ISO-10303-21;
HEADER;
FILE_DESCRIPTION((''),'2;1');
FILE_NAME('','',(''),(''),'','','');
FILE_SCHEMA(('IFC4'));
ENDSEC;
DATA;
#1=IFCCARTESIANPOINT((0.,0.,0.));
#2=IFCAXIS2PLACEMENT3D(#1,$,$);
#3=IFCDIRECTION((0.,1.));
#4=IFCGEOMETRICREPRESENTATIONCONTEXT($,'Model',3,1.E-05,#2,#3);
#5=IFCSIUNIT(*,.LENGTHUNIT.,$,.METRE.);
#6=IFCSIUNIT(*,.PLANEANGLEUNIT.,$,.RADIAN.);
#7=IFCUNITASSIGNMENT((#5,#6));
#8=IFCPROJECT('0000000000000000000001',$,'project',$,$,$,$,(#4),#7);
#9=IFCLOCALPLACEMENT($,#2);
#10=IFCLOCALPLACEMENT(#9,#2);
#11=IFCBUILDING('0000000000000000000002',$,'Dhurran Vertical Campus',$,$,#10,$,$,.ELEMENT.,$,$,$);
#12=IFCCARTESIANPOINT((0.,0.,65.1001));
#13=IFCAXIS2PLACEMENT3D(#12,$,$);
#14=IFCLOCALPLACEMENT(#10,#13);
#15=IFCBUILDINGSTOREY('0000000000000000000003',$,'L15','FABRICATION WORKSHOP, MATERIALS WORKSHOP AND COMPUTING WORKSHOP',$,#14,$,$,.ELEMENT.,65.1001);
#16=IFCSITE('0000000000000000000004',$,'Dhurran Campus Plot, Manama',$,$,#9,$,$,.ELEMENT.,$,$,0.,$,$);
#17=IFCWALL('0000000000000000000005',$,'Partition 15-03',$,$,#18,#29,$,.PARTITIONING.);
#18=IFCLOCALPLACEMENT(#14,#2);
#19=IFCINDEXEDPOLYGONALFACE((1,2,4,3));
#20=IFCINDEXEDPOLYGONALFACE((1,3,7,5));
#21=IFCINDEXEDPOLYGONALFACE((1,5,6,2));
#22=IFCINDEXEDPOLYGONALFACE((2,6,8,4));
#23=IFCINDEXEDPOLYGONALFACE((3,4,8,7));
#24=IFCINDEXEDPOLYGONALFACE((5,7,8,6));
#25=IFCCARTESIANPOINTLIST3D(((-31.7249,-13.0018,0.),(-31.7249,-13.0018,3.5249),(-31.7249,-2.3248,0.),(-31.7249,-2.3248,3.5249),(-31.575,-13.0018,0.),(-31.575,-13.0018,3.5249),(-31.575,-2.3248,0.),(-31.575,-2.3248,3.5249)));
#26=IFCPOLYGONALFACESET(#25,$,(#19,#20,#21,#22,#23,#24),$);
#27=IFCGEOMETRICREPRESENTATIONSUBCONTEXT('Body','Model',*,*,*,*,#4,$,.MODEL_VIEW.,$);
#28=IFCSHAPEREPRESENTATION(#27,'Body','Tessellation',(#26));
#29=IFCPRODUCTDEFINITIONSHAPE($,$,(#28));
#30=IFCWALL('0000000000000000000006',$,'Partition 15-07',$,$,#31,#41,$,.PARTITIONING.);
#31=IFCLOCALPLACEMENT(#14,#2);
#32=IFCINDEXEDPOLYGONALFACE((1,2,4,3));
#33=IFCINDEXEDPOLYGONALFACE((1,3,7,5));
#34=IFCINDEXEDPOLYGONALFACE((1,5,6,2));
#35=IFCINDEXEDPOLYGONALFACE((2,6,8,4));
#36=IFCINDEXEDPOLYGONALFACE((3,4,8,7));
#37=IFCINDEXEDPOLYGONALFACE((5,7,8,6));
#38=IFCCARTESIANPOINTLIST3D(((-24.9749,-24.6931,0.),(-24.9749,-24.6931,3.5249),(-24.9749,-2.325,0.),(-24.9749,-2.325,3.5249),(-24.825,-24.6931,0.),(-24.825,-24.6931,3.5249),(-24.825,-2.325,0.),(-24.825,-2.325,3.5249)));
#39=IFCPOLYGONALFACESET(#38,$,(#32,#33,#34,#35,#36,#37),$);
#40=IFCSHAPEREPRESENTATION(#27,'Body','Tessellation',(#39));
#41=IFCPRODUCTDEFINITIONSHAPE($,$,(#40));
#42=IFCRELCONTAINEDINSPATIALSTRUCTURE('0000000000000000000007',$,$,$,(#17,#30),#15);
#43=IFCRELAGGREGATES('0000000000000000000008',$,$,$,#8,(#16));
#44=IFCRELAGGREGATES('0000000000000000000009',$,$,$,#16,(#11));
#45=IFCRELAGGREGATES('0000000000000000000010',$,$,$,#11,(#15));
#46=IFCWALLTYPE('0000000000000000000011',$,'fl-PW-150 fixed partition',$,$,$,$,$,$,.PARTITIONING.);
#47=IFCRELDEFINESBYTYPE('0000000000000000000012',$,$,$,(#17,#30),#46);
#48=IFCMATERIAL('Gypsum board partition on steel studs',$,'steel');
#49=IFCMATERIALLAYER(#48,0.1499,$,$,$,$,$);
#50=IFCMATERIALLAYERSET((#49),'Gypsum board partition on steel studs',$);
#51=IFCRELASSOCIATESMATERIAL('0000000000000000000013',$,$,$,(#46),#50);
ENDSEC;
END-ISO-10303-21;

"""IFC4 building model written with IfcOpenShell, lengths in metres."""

from ifc_helpers import new_model, si_unit, direction, frame, frame_2d, origin, place, context, subcontext, project, spatial, rectangle, extrude, material, layer, layer_set, type_object, element, save


model = new_model("IFC4")

# Units and contexts
model_context = context("Model", 3, precision=1e-05, world=origin(), true_north=direction((0.0, 1.0)))
body_context = subcontext(model_context, "Body", "Model", "MODEL_VIEW")
ifc_project = project(units=[si_unit("LENGTHUNIT", "METRE"), si_unit("PLANEANGLEUNIT", "RADIAN")], contexts=[model_context])

# Site, building, storey
site_placement = place(None, origin())
site = spatial("IfcSite", under=ifc_project, at=site_placement, Name="Dhurran Campus Plot, Manama", CompositionType="ELEMENT", RefElevation=0.0)
building_placement = place(site_placement, origin())
building = spatial("IfcBuilding", under=site, at=building_placement, Name="Dhurran Vertical Campus", CompositionType="ELEMENT")
storey_placement = place(building_placement, frame((0.0, 0.0, 65.1001)))
storey = spatial("IfcBuildingStorey", under=building, at=storey_placement, Name="L15", Description="FABRICATION WORKSHOP, MATERIALS WORKSHOP AND COMPUTING WORKSHOP", CompositionType="ELEMENT", Elevation=65.1001)

# Walls
ifc_material_1 = material(Name="Gypsum board partition on steel studs", Category="steel")
ifc_layer_1 = layer(ifc_material_1, 0.1499)
ifc_layer_set_1 = layer_set([ifc_layer_1], Name="Gypsum board partition on steel studs")
wall_type_1 = type_object("IfcWallType", Name="fl-PW-150 fixed partition", PredefinedType="PARTITIONING", material=ifc_layer_set_1)
wall_1_placement = place(storey_placement, frame((-31.6499, -2.325, 0.0), z_axis=(0.0, 0.0, 1.0), x_axis=(0.0, -1.0, 0.0)))
element("IfcWall", 1, at=wall_1_placement, inside=storey, type_object=wall_type_1, Name="Partition 15-03", PredefinedType="PARTITIONING", context=body_context, shape_type="SweptSolid", body=[
    extrude(rectangle(XDim=10.677, YDim=0.1499, at=frame_2d((5.3384, 0.0))), origin(), (0.0, 0.0, 1.0), 3.5249),
])
wall_2_placement = place(storey_placement, frame((-24.8999, -2.325, 0.0), z_axis=(0.0, 0.0, 1.0), x_axis=(0.0, -1.0, 0.0)))
element("IfcWall", 2, at=wall_2_placement, inside=storey, type_object=wall_type_1, Name="Partition 15-07", PredefinedType="PARTITIONING", context=body_context, shape_type="SweptSolid", body=[
    extrude(rectangle(XDim=22.3682, YDim=0.1499, at=frame_2d((11.1841, 0.0))), origin(), (0.0, 0.0, 1.0), 3.5249),
])

save(model, "model.ifc")
